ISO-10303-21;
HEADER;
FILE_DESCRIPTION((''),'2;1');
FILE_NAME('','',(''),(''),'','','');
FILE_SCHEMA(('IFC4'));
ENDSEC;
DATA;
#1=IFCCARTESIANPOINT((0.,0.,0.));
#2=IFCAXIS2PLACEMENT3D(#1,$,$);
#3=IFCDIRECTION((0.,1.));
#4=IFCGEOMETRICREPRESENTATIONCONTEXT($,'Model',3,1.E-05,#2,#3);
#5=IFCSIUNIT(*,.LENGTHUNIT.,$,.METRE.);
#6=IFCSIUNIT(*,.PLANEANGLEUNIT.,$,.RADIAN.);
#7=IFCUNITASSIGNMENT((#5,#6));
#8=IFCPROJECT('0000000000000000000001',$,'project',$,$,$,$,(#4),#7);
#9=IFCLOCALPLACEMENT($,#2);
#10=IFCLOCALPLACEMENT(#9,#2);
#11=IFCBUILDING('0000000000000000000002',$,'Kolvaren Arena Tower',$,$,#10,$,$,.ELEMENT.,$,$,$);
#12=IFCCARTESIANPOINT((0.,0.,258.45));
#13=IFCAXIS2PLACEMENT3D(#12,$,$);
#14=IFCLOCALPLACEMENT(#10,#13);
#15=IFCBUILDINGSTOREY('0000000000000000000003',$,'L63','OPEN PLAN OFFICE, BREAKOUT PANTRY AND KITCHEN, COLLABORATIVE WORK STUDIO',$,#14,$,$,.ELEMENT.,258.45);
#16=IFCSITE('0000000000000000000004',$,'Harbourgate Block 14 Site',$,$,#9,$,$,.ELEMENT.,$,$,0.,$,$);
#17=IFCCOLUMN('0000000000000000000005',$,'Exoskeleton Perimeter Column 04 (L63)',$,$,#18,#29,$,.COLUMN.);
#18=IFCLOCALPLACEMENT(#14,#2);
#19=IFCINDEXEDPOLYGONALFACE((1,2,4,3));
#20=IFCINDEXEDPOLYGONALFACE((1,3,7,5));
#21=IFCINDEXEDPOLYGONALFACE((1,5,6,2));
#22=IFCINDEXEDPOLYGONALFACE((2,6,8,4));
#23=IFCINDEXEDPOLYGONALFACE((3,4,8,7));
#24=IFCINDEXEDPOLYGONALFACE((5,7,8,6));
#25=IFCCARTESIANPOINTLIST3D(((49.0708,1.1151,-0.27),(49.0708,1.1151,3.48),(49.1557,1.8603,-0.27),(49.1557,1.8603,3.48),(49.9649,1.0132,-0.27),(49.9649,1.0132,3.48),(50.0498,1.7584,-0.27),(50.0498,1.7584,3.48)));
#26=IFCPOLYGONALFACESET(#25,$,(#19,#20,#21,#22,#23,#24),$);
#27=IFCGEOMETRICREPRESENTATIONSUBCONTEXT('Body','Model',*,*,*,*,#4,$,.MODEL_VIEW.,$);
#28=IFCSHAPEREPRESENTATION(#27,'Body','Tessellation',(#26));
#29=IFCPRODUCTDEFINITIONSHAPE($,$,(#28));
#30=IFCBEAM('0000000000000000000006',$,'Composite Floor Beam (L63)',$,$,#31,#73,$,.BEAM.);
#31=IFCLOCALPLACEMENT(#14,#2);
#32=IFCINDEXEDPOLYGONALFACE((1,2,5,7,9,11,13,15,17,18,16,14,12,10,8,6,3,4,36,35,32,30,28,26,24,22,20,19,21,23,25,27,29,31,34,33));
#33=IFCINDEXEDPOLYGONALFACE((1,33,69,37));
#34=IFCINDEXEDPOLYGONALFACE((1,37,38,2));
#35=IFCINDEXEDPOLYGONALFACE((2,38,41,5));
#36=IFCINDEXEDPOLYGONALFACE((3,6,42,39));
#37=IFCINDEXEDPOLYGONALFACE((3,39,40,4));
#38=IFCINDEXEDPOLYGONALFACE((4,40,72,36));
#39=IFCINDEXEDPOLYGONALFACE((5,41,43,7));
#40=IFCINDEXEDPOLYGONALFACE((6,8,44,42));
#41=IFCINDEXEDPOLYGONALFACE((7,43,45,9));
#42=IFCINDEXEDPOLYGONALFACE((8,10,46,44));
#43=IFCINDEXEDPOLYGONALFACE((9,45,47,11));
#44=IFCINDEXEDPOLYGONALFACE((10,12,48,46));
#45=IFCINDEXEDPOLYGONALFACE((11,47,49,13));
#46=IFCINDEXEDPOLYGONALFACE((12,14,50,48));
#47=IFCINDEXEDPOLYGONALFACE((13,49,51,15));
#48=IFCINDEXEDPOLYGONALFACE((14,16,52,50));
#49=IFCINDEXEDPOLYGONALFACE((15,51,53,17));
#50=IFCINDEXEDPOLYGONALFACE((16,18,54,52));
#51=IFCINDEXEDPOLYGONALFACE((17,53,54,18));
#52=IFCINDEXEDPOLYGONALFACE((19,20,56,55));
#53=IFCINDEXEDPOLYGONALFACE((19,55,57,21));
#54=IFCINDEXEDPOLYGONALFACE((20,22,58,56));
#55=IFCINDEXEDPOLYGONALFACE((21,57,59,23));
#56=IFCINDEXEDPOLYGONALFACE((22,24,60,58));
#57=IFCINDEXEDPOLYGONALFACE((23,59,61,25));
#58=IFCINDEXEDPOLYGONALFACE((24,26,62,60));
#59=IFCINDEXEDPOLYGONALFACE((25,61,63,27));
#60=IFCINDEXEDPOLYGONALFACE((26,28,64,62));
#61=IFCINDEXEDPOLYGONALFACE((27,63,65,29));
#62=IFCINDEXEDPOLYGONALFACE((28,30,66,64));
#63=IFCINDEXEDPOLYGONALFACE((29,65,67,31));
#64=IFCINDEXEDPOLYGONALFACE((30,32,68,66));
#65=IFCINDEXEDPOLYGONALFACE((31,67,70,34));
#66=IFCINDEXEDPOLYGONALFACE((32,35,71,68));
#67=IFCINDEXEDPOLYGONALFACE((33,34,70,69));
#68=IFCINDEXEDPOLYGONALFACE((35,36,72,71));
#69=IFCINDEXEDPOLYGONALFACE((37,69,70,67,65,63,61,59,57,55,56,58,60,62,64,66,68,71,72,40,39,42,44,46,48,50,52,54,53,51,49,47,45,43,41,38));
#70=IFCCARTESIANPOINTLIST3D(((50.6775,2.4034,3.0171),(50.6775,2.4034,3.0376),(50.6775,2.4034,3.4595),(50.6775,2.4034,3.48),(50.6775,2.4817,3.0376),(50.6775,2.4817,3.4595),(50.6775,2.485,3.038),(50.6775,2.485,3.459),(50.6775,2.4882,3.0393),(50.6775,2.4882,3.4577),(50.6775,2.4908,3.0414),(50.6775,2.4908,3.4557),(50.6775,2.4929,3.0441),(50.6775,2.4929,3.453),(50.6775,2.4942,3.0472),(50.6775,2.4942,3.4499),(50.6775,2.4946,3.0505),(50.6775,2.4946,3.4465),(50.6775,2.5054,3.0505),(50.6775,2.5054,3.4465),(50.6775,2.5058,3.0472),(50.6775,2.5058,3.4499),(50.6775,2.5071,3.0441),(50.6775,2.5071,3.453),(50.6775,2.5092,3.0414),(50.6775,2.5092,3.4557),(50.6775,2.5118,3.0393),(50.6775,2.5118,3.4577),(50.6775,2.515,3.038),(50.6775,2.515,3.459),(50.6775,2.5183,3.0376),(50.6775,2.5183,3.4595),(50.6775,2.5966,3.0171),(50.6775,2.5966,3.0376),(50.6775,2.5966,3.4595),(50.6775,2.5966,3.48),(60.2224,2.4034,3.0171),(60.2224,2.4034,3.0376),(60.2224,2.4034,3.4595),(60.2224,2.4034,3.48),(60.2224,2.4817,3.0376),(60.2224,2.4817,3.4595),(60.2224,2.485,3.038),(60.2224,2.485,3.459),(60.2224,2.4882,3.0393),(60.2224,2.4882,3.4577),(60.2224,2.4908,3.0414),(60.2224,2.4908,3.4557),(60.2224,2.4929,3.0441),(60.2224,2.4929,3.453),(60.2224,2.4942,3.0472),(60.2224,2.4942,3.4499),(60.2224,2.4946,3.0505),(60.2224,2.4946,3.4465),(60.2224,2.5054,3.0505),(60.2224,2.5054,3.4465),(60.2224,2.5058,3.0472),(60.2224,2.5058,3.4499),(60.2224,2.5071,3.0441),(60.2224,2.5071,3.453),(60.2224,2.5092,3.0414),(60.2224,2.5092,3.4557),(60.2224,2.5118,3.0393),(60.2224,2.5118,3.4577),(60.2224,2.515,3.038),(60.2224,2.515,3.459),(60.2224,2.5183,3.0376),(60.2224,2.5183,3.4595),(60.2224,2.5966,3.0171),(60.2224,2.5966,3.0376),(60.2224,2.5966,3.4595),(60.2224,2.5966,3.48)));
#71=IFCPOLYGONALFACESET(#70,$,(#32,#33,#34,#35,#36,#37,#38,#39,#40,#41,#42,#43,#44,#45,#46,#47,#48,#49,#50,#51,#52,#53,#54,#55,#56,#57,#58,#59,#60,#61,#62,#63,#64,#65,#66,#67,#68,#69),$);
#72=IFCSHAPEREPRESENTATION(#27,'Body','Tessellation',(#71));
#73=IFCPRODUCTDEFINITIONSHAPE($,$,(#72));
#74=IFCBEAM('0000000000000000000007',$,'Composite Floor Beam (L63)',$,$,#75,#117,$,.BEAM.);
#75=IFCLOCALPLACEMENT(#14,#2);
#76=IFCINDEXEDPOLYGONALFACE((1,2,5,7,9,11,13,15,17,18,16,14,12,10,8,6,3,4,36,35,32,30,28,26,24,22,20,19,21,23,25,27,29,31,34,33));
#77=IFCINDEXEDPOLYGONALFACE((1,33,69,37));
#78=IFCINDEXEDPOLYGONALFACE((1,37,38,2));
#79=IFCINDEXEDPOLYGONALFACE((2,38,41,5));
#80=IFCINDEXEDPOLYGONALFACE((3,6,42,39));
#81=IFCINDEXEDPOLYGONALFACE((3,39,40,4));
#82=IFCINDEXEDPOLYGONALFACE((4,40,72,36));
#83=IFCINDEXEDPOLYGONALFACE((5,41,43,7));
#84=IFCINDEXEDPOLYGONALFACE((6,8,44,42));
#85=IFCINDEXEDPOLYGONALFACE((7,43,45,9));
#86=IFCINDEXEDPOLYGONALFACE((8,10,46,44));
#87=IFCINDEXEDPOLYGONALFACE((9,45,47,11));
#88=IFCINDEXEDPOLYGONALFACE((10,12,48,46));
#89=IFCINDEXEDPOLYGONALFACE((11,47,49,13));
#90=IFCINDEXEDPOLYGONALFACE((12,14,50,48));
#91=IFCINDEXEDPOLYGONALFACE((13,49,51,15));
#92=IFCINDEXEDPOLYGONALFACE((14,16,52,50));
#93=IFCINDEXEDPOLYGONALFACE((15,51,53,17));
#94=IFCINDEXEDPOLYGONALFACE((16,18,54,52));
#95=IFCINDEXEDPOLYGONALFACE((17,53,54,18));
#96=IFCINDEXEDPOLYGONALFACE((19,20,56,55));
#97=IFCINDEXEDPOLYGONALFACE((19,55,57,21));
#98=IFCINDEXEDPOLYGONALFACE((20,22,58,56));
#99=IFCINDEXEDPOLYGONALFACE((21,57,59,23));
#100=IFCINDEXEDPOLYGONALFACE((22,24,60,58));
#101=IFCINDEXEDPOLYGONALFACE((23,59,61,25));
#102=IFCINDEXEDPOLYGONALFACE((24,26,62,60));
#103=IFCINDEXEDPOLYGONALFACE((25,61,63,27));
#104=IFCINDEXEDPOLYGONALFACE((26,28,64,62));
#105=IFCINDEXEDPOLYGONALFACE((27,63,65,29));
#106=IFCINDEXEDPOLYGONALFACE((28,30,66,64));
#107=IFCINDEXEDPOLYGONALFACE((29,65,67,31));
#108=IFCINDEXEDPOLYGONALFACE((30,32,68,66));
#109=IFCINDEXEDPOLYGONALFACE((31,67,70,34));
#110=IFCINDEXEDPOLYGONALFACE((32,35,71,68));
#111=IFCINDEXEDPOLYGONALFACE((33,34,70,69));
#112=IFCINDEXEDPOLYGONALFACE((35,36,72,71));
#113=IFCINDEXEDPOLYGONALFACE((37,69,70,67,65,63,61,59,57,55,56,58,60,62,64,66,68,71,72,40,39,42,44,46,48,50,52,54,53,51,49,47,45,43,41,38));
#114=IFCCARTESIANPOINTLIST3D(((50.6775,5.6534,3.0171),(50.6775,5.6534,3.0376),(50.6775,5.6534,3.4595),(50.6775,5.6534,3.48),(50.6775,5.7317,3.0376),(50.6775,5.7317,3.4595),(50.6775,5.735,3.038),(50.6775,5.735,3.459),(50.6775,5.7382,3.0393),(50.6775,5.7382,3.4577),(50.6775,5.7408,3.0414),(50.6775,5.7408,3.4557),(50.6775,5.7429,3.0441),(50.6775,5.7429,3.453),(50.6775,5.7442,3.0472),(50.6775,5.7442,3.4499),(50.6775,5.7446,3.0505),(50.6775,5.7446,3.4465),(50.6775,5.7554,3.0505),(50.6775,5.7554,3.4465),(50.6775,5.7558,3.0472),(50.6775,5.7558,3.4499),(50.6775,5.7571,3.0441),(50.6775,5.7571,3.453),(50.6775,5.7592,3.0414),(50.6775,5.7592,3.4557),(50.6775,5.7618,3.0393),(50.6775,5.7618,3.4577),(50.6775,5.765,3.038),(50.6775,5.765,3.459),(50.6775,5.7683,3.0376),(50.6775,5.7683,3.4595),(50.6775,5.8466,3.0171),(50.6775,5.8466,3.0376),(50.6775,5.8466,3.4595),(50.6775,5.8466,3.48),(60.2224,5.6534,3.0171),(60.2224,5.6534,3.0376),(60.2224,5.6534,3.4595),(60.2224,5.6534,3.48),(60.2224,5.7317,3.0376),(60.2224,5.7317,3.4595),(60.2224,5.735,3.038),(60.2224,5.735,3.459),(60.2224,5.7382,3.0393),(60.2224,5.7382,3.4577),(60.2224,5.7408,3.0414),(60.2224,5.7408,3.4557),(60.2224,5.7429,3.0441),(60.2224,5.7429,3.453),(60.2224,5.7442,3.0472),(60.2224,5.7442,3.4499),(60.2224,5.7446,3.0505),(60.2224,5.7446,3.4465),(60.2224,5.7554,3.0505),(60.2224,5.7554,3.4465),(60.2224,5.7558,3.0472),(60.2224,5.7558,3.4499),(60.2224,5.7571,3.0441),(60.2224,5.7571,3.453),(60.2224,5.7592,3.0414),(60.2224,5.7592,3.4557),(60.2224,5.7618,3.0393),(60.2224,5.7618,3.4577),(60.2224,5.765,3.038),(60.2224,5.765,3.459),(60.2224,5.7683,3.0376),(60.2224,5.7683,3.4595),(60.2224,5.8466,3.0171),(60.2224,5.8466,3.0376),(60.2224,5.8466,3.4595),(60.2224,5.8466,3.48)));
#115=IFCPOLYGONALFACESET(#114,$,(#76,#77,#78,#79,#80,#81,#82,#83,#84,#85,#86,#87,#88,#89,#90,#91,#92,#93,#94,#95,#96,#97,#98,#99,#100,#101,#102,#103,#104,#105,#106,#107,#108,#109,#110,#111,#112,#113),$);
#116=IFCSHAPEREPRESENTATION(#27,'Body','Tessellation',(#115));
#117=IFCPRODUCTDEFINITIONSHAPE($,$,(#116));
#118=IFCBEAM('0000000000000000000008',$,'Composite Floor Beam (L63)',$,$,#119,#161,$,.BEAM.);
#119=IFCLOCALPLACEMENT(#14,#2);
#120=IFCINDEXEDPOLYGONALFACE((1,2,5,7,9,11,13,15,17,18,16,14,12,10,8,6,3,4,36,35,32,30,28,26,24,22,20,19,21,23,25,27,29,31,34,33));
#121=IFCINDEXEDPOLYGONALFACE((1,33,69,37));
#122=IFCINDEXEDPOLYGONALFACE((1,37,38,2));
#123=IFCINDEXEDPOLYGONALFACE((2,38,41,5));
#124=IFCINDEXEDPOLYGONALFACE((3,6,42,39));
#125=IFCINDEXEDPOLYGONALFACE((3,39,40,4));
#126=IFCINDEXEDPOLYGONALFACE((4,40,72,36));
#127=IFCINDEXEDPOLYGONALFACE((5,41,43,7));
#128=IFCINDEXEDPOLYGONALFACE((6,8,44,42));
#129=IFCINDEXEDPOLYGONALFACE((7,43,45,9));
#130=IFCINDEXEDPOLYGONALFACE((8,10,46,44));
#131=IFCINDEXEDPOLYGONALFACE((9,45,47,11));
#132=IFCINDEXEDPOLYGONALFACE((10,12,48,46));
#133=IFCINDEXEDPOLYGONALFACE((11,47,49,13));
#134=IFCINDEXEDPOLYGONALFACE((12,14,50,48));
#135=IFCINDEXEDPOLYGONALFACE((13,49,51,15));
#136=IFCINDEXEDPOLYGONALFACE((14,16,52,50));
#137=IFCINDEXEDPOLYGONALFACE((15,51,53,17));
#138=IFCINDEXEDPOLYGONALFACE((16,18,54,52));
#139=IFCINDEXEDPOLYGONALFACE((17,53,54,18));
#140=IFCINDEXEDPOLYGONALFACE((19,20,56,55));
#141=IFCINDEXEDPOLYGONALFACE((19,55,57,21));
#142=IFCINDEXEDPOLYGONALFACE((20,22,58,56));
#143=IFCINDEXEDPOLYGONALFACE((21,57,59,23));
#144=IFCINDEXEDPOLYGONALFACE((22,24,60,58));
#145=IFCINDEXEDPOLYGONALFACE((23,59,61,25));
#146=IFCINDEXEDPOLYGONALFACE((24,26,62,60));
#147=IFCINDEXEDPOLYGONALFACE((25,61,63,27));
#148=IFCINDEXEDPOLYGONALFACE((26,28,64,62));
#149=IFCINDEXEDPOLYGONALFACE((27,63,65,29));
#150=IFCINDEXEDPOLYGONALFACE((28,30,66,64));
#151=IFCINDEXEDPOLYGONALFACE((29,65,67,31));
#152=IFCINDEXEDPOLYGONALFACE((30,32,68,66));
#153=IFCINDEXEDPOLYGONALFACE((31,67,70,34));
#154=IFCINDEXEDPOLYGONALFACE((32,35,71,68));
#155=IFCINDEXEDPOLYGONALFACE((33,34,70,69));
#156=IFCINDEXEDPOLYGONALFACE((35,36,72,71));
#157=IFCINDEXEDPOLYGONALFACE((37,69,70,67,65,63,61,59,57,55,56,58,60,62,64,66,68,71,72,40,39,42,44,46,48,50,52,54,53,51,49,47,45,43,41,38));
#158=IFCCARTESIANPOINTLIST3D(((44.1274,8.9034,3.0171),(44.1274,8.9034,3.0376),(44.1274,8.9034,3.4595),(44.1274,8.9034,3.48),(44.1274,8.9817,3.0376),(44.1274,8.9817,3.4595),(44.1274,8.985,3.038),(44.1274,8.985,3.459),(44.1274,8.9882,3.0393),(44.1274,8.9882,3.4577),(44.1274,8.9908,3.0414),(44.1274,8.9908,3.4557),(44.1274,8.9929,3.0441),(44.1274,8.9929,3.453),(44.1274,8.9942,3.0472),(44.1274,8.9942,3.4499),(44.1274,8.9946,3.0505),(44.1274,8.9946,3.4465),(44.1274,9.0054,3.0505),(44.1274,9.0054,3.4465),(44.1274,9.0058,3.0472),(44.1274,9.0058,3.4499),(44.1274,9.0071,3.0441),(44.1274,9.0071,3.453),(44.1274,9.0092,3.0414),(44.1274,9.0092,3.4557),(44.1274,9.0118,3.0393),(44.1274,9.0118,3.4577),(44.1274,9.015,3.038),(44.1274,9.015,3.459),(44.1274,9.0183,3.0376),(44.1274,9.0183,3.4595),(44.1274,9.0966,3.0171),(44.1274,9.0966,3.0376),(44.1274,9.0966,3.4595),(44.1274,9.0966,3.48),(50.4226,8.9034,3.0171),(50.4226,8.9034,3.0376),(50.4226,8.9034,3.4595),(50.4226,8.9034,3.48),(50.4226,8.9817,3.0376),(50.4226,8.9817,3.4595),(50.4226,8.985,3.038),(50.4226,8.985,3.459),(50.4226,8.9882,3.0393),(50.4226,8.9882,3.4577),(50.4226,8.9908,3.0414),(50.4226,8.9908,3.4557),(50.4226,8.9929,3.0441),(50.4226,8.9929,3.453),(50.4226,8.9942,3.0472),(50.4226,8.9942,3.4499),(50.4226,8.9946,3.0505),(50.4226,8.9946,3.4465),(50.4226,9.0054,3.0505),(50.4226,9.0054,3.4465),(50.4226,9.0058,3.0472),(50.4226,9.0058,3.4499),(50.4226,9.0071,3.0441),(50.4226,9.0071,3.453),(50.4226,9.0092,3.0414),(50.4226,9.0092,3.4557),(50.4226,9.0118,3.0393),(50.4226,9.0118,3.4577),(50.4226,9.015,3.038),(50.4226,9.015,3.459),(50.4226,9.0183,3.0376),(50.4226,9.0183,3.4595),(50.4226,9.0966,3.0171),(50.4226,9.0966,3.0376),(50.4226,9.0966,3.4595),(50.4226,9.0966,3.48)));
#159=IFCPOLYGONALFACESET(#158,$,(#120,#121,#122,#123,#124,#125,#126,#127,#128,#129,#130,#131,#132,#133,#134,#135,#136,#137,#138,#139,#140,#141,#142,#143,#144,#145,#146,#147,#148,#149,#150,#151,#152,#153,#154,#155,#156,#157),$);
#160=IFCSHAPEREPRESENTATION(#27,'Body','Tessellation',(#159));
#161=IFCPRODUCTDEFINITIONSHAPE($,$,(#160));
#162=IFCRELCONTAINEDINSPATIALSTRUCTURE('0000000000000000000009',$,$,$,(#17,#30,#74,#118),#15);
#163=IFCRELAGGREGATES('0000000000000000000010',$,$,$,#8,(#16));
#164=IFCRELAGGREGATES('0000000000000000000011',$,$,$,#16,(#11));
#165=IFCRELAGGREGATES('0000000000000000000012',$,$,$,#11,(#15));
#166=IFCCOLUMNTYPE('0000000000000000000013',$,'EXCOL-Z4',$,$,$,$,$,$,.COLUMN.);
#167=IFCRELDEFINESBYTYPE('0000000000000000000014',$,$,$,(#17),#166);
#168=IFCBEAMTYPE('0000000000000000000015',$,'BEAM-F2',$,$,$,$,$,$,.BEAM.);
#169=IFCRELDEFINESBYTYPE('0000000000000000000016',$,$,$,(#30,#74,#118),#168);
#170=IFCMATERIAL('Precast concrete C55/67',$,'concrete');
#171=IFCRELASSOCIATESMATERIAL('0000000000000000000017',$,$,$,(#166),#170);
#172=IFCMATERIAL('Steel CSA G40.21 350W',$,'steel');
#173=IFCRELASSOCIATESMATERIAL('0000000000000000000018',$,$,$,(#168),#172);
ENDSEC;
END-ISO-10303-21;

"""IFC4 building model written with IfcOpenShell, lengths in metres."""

from ifc_helpers import new_model, si_unit, direction, frame, origin, origin_2d, place, context, subcontext, project, spatial, rectangle, i_section, extrude, material, material_profile, profile_set, type_object, element, save


model = new_model("IFC4")

# Units and contexts
model_context = context("Model", 3, precision=1e-05, world=origin(), true_north=direction((0.0, 1.0)))
body_context = subcontext(model_context, "Body", "Model", "MODEL_VIEW")
ifc_project = project(units=[si_unit("LENGTHUNIT", "METRE"), si_unit("PLANEANGLEUNIT", "RADIAN")], contexts=[model_context])

# Site, building, storey
site_placement = place(None, origin())
site = spatial("IfcSite", under=ifc_project, at=site_placement, Name="Harbourgate Block 14 Site", CompositionType="ELEMENT", RefElevation=0.0)
building_placement = place(site_placement, origin())
building = spatial("IfcBuilding", under=site, at=building_placement, Name="Kolvaren Arena Tower", CompositionType="ELEMENT")
storey_placement = place(building_placement, frame((0.0, 0.0, 258.45)))
storey = spatial("IfcBuildingStorey", under=building, at=storey_placement, Name="L63", Description="OPEN PLAN OFFICE, BREAKOUT PANTRY AND KITCHEN, COLLABORATIVE WORK STUDIO", CompositionType="ELEMENT", Elevation=258.45)

# Column
ifc_material_1 = material(Name="Precast concrete C55/67", Category="concrete")
ifc_material_profile_1 = material_profile(ifc_material_1, rectangle(XDim=0.8999, YDim=0.75, at=origin_2d()), Name="RC-900x750")
ifc_profile_set_1 = profile_set([ifc_material_profile_1], Name="Precast concrete C55/67")
column_type = type_object("IfcColumnType", Name="EXCOL-Z4", PredefinedType="COLUMN", material=ifc_profile_set_1)
column_placement = place(storey_placement, frame((49.5603, 1.4368, -0.27), z_axis=(0.0, 0.0, 1.0), x_axis=(0.993572, -0.113203, 0.0)))
element("IfcColumn", 1, at=column_placement, inside=storey, type_object=column_type, Name="Exoskeleton Perimeter Column 04 (L63)", PredefinedType="COLUMN", context=body_context, shape_type="SweptSolid", body=[
    extrude(rectangle(XDim=0.8999, YDim=0.75, at=origin_2d()), origin(), (0.0, 0.0, 1.0), 3.75),
])

# Beams
ifc_material_2 = material(Name="Steel CSA G40.21 350W", Category="steel")
ifc_material_profile_2 = material_profile(ifc_material_2, i_section(OverallWidth=0.1931, OverallDepth=0.4629, WebThickness=0.0107, FlangeThickness=0.0205, FilletRadius=0.0129, at=origin_2d()), Name="W460x113")
ifc_profile_set_2 = profile_set([ifc_material_profile_2], Name="Steel CSA G40.21 350W")
beam_type_1 = type_object("IfcBeamType", Name="BEAM-F2", PredefinedType="BEAM", material=ifc_profile_set_2)
for number, where, z_axis, x_axis, name in (
    (2, (50.6775, 2.5, 3.2485), (1.0, 0.0, 0.0), (0.0, 1.0, 0.0), "Composite Floor Beam (L63)"),
    (3, (50.6775, 5.75, 3.2485), (1.0, 0.0, 0.0), (0.0, 1.0, 0.0), "Composite Floor Beam (L63)"),
):
    element("IfcBeam", number, at=place(storey_placement, frame(where, z_axis=z_axis, x_axis=x_axis)), inside=storey, type_object=beam_type_1, Name=name, PredefinedType="BEAM", context=body_context, shape_type="SweptSolid", body=[
        extrude(i_section(OverallWidth=0.1931, OverallDepth=0.4629, WebThickness=0.0107, FlangeThickness=0.0205, FilletRadius=0.0129, at=origin_2d()), origin(), (0.0, 0.0, 1.0), 9.5449),
    ])
beam_1_placement = place(storey_placement, frame((44.1274, 9.0, 3.2485), z_axis=(1.0, 0.0, 0.0), x_axis=(0.0, 1.0, 0.0)))
element("IfcBeam", 4, at=beam_1_placement, inside=storey, type_object=beam_type_1, Name="Composite Floor Beam (L63)", PredefinedType="BEAM", context=body_context, shape_type="SweptSolid", body=[
    extrude(i_section(OverallWidth=0.1931, OverallDepth=0.4629, WebThickness=0.0107, FlangeThickness=0.0205, FilletRadius=0.0129, at=origin_2d()), origin(), (0.0, 0.0, 1.0), 6.2952),
])

save(model, "model.ifc")
